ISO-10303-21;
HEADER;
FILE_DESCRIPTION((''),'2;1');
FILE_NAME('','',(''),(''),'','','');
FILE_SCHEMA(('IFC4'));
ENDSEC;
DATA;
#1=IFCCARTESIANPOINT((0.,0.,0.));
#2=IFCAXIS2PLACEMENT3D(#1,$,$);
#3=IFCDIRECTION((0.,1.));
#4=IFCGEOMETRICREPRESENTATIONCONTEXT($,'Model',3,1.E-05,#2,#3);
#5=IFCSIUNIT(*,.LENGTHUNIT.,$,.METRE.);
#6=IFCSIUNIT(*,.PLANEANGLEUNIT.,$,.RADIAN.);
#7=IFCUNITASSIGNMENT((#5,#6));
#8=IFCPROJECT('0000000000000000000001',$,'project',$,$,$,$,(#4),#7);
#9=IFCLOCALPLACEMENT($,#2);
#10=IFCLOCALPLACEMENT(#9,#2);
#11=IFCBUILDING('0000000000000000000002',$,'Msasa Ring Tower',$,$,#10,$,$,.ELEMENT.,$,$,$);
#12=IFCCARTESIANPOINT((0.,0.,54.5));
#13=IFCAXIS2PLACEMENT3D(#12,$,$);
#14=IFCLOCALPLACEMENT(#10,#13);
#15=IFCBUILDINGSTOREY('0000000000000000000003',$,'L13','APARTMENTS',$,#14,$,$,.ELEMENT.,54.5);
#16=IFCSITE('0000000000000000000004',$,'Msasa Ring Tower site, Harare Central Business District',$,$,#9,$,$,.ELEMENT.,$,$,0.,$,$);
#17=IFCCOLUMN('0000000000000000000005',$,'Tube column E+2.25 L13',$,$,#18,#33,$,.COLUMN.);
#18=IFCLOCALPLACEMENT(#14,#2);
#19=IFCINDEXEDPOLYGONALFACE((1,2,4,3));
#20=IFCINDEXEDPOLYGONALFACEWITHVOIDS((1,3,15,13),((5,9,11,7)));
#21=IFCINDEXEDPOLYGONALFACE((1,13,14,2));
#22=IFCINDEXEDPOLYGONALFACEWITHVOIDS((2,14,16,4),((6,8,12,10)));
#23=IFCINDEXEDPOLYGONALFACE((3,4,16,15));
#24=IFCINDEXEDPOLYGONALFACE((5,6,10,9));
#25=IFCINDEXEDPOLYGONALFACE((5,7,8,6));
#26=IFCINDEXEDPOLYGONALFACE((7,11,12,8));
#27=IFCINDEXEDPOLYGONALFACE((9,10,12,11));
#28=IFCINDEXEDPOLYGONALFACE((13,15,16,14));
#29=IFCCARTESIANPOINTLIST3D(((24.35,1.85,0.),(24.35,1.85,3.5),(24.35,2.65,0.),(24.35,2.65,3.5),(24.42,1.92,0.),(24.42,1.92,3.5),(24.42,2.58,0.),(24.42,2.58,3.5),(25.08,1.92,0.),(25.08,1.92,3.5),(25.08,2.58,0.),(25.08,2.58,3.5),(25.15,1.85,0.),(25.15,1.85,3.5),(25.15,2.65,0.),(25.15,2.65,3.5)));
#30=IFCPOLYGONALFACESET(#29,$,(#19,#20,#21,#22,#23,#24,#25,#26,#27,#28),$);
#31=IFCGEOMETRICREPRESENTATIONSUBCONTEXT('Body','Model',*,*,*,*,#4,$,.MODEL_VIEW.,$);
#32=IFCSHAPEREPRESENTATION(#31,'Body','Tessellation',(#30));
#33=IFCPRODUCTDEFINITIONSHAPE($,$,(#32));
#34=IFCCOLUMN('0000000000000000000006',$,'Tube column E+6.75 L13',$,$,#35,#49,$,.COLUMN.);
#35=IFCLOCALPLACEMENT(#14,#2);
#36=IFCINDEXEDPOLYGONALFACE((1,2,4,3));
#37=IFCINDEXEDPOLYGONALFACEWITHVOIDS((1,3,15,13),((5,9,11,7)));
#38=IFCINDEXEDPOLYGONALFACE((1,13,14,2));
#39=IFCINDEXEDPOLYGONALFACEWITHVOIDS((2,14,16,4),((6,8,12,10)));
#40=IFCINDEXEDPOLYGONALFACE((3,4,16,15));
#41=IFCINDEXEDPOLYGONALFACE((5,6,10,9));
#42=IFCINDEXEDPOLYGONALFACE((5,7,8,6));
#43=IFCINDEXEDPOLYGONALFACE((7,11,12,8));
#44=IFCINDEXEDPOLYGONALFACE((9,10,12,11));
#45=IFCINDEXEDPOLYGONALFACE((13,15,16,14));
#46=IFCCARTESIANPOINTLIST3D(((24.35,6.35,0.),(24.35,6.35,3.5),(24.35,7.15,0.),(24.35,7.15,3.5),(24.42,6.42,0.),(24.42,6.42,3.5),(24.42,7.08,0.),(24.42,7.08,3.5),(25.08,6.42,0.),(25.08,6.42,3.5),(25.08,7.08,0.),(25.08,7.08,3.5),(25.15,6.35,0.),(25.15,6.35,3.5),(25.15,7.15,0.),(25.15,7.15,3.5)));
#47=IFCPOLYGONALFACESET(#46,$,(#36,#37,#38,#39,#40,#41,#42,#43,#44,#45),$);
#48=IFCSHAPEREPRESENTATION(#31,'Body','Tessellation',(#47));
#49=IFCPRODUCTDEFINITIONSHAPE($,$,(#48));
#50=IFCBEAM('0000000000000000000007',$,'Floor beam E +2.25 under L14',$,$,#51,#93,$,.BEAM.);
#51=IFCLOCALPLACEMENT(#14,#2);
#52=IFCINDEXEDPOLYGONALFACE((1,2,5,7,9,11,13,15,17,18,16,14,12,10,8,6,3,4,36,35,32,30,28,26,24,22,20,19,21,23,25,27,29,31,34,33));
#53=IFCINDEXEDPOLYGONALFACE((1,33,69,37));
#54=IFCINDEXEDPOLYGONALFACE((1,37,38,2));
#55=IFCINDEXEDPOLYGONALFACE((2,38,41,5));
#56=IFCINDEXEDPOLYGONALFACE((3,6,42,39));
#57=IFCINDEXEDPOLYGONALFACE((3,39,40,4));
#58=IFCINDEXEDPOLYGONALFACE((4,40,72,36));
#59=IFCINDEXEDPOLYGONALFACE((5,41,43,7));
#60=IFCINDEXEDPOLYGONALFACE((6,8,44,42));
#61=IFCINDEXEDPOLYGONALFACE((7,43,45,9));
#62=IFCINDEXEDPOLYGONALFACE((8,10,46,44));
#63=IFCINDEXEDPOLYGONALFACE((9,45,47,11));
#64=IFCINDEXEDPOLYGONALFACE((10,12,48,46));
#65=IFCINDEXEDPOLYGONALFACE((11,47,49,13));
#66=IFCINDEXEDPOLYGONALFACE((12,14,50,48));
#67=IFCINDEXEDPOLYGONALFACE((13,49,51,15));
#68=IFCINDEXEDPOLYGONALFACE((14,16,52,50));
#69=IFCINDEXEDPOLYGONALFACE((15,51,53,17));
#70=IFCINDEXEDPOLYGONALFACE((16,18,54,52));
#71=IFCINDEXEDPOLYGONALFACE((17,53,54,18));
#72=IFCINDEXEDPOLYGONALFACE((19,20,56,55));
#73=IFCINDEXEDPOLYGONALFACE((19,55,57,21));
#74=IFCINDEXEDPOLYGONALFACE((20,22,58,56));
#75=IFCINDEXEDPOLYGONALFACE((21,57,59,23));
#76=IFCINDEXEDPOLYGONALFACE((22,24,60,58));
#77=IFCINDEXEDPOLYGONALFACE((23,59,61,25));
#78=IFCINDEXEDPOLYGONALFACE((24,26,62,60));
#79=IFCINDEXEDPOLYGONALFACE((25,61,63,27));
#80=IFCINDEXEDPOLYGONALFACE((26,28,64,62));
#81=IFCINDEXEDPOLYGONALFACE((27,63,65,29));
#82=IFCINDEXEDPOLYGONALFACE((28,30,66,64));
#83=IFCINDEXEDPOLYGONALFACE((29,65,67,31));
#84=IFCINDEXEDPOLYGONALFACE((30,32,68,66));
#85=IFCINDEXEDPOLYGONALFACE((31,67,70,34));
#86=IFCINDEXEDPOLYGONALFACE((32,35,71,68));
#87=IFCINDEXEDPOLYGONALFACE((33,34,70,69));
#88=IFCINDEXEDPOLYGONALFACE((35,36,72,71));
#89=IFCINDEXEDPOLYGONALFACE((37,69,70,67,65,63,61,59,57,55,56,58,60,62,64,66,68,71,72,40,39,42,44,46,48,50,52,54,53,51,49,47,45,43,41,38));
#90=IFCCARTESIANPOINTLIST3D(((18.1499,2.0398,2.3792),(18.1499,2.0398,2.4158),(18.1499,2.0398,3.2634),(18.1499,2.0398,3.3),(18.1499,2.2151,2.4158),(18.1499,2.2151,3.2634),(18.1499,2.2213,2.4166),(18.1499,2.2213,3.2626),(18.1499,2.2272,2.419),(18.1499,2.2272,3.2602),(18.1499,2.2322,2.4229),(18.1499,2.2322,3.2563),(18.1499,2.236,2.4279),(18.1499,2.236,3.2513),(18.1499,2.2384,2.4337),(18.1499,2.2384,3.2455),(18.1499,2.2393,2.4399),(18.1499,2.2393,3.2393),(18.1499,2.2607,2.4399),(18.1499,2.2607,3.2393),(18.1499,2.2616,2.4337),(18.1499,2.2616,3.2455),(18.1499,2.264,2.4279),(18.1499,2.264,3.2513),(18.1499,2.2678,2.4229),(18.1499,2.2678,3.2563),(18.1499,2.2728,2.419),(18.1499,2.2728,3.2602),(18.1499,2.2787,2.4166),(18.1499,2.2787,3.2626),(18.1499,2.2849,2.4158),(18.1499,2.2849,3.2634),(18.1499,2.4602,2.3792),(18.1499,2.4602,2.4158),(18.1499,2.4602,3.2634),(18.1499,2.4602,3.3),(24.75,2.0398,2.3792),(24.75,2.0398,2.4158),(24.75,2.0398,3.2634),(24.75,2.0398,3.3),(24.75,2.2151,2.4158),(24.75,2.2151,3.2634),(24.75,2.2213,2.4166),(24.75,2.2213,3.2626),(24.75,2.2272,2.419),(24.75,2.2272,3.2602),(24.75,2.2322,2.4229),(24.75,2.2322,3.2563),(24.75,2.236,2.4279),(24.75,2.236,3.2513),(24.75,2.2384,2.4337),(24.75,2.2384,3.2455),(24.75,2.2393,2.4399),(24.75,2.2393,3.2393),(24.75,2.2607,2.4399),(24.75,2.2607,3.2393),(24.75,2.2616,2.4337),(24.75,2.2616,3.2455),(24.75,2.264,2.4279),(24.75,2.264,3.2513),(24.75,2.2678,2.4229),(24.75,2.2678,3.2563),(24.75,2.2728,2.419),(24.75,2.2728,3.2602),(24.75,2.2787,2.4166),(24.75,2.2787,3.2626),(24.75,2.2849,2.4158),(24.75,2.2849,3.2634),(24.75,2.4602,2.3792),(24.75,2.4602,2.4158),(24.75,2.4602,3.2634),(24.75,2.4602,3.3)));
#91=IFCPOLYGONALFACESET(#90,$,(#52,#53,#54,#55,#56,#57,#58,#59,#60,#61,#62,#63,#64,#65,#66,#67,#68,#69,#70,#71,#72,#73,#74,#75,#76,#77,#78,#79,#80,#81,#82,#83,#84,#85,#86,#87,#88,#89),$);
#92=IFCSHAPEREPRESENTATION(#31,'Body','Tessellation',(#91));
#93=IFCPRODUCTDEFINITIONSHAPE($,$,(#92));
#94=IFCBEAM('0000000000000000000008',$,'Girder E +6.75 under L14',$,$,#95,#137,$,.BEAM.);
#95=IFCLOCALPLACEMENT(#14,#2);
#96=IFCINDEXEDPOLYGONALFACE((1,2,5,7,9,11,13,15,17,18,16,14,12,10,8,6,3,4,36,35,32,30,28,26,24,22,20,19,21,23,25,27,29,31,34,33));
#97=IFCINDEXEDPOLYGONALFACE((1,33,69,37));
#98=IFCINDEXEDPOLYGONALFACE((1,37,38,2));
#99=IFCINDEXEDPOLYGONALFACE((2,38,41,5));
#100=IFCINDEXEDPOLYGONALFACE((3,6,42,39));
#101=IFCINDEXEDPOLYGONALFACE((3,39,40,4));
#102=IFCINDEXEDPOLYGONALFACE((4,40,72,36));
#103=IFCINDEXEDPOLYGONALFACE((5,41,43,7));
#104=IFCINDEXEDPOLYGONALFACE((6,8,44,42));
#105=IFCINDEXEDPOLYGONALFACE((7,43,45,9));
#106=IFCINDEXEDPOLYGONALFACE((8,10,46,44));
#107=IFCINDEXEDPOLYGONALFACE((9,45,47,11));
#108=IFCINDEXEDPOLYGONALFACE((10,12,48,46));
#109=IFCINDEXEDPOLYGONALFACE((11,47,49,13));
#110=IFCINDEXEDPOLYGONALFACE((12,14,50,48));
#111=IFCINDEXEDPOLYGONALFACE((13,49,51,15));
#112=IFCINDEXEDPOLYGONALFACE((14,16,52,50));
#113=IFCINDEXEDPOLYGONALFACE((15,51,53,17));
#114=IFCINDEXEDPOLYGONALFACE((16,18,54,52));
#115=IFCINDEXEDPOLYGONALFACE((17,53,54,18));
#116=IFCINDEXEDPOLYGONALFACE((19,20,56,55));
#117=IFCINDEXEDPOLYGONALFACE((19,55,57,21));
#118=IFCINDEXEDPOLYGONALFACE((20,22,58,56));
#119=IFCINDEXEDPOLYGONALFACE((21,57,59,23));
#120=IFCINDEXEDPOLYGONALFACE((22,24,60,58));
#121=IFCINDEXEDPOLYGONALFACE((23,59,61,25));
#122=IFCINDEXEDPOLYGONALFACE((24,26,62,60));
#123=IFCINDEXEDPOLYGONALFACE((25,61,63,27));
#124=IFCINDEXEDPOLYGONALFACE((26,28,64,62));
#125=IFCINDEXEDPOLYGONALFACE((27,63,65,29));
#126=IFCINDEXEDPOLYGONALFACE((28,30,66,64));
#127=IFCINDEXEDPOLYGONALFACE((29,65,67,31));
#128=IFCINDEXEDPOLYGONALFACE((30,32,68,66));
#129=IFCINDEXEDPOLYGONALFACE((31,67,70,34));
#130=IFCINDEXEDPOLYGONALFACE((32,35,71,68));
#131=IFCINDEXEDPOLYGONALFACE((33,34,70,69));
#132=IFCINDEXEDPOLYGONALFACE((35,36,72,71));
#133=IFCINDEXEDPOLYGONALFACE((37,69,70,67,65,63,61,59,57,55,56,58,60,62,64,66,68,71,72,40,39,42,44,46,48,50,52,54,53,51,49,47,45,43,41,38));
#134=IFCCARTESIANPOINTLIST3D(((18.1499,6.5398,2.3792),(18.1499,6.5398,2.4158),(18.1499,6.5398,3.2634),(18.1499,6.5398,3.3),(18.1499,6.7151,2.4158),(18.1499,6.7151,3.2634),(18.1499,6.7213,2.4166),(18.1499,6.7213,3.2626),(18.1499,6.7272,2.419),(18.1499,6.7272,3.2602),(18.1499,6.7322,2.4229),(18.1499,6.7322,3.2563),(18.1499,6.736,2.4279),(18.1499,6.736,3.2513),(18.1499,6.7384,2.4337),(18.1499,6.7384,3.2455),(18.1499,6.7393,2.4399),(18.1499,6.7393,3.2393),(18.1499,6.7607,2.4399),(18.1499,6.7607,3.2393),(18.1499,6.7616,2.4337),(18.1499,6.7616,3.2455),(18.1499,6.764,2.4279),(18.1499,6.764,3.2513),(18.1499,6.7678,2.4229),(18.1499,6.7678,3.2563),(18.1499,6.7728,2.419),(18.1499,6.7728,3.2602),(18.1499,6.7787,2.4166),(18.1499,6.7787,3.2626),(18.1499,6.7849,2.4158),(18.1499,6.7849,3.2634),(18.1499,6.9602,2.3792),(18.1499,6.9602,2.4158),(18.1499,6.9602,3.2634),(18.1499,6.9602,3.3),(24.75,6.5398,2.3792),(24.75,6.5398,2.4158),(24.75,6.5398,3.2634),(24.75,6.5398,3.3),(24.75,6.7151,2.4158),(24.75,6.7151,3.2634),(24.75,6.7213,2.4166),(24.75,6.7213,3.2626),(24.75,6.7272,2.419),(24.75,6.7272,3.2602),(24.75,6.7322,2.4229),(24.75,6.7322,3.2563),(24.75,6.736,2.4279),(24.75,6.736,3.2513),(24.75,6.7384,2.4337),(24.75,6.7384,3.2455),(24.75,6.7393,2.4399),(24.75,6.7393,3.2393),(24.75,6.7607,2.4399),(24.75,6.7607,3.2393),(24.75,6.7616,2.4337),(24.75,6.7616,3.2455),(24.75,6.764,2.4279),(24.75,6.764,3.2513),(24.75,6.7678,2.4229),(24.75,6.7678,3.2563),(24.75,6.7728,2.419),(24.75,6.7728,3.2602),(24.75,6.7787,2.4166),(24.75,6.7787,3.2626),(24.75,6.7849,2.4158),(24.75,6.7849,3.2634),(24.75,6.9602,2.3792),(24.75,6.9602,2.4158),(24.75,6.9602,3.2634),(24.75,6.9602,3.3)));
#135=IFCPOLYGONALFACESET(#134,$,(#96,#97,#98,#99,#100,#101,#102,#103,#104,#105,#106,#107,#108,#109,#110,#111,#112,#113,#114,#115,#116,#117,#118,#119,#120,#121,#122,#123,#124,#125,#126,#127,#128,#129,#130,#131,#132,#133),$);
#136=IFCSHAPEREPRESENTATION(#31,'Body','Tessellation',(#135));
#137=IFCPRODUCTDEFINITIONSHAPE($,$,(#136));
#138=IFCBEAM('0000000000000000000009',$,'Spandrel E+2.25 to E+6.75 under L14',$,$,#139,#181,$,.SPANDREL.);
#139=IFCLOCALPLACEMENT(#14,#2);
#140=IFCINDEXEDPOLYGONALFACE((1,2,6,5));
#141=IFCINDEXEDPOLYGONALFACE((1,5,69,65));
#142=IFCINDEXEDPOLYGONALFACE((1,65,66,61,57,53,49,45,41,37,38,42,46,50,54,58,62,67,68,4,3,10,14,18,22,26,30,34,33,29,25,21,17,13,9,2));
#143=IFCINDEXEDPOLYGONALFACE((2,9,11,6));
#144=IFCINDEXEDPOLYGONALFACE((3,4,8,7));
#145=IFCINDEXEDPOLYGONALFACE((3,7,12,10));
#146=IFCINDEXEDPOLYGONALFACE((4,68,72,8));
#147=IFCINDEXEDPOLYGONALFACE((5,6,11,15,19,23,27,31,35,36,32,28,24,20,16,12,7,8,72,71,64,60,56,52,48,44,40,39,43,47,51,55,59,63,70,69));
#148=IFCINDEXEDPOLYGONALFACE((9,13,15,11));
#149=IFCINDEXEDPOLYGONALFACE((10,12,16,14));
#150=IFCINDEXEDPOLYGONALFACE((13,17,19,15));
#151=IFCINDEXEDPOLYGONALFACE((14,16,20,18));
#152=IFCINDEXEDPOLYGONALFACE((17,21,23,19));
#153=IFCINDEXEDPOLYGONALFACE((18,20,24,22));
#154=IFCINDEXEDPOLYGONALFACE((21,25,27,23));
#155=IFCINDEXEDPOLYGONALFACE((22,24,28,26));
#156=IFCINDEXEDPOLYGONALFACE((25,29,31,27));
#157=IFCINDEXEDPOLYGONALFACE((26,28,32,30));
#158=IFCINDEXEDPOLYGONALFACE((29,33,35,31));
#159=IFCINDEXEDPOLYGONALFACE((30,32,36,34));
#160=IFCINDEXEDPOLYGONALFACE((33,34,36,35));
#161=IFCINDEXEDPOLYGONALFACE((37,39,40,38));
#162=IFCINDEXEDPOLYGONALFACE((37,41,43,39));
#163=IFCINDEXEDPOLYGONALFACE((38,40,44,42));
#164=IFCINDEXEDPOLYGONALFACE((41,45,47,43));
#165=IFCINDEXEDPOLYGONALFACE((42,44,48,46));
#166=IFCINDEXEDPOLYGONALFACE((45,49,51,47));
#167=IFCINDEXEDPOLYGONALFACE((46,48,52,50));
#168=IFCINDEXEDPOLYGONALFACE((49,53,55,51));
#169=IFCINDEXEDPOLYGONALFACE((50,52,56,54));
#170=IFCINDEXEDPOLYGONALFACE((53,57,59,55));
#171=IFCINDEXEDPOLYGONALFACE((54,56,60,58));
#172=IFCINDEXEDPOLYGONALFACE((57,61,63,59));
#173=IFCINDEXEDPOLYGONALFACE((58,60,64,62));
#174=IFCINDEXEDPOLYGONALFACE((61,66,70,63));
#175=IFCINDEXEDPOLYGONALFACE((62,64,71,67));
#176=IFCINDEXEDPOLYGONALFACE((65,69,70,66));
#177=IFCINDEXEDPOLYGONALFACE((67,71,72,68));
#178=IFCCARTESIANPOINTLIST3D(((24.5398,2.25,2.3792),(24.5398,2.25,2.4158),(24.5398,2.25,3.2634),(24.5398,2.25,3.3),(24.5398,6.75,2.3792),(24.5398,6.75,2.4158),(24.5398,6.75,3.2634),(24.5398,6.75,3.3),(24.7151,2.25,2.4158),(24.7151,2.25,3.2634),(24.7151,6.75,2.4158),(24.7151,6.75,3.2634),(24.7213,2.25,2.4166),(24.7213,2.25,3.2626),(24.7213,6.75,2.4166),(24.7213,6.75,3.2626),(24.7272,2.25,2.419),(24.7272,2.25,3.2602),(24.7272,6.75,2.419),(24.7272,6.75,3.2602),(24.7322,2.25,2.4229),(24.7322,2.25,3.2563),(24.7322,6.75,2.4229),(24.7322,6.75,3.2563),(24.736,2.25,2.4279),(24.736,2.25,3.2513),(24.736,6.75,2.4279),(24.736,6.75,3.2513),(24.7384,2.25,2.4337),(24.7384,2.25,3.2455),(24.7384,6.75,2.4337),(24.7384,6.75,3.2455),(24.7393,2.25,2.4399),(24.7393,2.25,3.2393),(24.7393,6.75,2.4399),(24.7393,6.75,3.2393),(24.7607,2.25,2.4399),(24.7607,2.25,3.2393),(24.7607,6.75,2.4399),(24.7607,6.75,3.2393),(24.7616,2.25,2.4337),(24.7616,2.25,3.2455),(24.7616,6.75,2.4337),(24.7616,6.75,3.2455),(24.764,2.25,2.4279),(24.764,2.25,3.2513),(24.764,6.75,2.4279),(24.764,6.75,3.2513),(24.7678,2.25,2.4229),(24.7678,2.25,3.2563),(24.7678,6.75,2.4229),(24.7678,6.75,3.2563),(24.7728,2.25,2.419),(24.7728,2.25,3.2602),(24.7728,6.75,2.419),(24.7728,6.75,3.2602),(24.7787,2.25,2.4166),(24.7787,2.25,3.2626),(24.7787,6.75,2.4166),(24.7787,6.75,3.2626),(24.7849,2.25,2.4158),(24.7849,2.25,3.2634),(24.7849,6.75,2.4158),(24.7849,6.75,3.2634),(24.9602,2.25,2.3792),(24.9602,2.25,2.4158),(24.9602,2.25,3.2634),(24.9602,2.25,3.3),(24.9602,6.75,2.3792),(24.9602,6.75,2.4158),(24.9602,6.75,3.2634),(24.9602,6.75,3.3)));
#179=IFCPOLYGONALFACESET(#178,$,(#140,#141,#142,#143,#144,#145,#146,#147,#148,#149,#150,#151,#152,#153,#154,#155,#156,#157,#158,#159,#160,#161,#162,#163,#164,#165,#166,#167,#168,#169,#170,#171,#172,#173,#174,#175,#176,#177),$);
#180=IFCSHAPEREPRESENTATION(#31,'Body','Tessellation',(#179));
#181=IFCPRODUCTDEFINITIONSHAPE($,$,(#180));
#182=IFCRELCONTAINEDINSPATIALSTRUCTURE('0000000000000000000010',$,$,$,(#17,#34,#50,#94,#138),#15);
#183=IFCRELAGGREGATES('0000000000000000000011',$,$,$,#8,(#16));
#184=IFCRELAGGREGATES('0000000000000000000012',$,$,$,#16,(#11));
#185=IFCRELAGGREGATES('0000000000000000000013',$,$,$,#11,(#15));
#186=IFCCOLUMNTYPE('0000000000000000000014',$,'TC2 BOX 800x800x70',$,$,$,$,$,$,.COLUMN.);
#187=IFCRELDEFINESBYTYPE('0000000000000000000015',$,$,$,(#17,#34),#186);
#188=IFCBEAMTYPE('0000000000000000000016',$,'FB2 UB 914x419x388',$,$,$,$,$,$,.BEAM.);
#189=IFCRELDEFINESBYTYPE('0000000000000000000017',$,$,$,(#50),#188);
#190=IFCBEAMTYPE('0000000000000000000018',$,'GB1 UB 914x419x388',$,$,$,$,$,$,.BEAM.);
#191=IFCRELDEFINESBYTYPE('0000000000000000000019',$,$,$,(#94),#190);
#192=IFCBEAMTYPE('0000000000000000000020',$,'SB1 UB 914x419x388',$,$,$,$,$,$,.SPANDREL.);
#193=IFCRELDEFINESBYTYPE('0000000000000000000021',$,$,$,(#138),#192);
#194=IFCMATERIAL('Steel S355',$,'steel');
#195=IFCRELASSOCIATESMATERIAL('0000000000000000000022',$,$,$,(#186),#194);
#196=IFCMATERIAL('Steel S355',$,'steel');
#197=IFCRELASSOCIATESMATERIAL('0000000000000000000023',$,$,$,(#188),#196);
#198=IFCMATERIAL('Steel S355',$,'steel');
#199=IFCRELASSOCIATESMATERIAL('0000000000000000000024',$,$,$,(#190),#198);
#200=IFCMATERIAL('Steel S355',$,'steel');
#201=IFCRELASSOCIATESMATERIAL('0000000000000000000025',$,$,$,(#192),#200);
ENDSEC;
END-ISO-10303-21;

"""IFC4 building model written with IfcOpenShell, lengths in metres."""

from ifc_helpers import new_model, si_unit, direction, frame, origin, origin_2d, place, context, subcontext, project, spatial, hollow_rectangle, i_section, extrude, material, material_profile, profile_set, type_object, element, save


model = new_model("IFC4")

# Units and contexts
model_context = context("Model", 3, precision=1e-05, world=origin(), true_north=direction((0.0, 1.0)))
body_context = subcontext(model_context, "Body", "Model", "MODEL_VIEW")
ifc_project = project(units=[si_unit("LENGTHUNIT", "METRE"), si_unit("PLANEANGLEUNIT", "RADIAN")], contexts=[model_context])

# Site, building, storey
site_placement = place(None, origin())
site = spatial("IfcSite", under=ifc_project, at=site_placement, Name="Msasa Ring Tower site, Harare Central Business District", CompositionType="ELEMENT", RefElevation=0.0)
building_placement = place(site_placement, origin())
building = spatial("IfcBuilding", under=site, at=building_placement, Name="Msasa Ring Tower", CompositionType="ELEMENT")
storey_placement = place(building_placement, frame((0.0, 0.0, 54.5)))
storey = spatial("IfcBuildingStorey", under=building, at=storey_placement, Name="L13", Description="APARTMENTS", CompositionType="ELEMENT", Elevation=54.5)

# Columns
ifc_material_1 = material(Name="Steel S355", Category="steel")
ifc_material_profile_1 = material_profile(ifc_material_1, hollow_rectangle(XDim=0.8, YDim=0.8, WallThickness=0.0701, at=origin_2d()), Name="BOX 800x800x70")
ifc_profile_set_1 = profile_set([ifc_material_profile_1], Name="Steel S355")
column_type = type_object("IfcColumnType", Name="TC2 BOX 800x800x70", PredefinedType="COLUMN", material=ifc_profile_set_1)
for number, where, z_axis, x_axis, name in (
    (1, (24.75, 2.25, 0.0), (0.0, 0.0, 1.0), (1.0, 0.0, 0.0), "Tube column E+2.25 L13"),
    (2, (24.75, 6.75, 0.0), (0.0, 0.0, 1.0), (1.0, 0.0, 0.0), "Tube column E+6.75 L13"),
):
    element("IfcColumn", number, at=place(storey_placement, frame(where, z_axis=z_axis, x_axis=x_axis)), inside=storey, type_object=column_type, Name=name, PredefinedType="COLUMN", context=body_context, shape_type="SweptSolid", body=[
        extrude(hollow_rectangle(XDim=0.8, YDim=0.8, WallThickness=0.0701, at=origin_2d()), origin(), (0.0, 0.0, 1.0), 3.5),
    ])

# Beams
ifc_material_2 = material(Name="Steel S355", Category="steel")
ifc_material_profile_2 = material_profile(ifc_material_2, i_section(OverallWidth=0.4204, OverallDepth=0.9209, WebThickness=0.0215, FlangeThickness=0.0366, FilletRadius=0.0242, at=origin_2d()), Name="UB 914x419x388")
ifc_profile_set_2 = profile_set([ifc_material_profile_2], Name="Steel S355")
beam_type_1 = type_object("IfcBeamType", Name="FB2 UB 914x419x388", PredefinedType="BEAM", material=ifc_profile_set_2)
beam_1_placement = place(storey_placement, frame((24.75, 2.25, 2.8396), z_axis=(-1.0, 0.0, 0.0), x_axis=(0.0, -1.0, 0.0)))
element("IfcBeam", 3, at=beam_1_placement, inside=storey, type_object=beam_type_1, Name="Floor beam E +2.25 under L14", PredefinedType="BEAM", context=body_context, shape_type="SweptSolid", body=[
    extrude(i_section(OverallWidth=0.4204, OverallDepth=0.9209, WebThickness=0.0215, FlangeThickness=0.0366, FilletRadius=0.0242, at=origin_2d()), origin(), (0.0, 0.0, 1.0), 6.6001),
])
ifc_material_3 = material(Name="Steel S355", Category="steel")
ifc_material_profile_3 = material_profile(ifc_material_3, i_section(OverallWidth=0.4204, OverallDepth=0.9209, WebThickness=0.0215, FlangeThickness=0.0366, FilletRadius=0.0242, at=origin_2d()), Name="UB 914x419x388")
ifc_profile_set_3 = profile_set([ifc_material_profile_3], Name="Steel S355")
beam_type_2 = type_object("IfcBeamType", Name="GB1 UB 914x419x388", PredefinedType="BEAM", material=ifc_profile_set_3)
beam_2_placement = place(storey_placement, frame((18.1499, 6.75, 2.8396), z_axis=(1.0, 0.0, 0.0), x_axis=(0.0, 1.0, 0.0)))
element("IfcBeam", 4, at=beam_2_placement, inside=storey, type_object=beam_type_2, Name="Girder E +6.75 under L14", PredefinedType="BEAM", context=body_context, shape_type="SweptSolid", body=[
    extrude(i_section(OverallWidth=0.4204, OverallDepth=0.9209, WebThickness=0.0215, FlangeThickness=0.0366, FilletRadius=0.0242, at=origin_2d()), origin(), (0.0, 0.0, 1.0), 6.6001),
])
ifc_material_4 = material(Name="Steel S355", Category="steel")
ifc_material_profile_4 = material_profile(ifc_material_4, i_section(OverallWidth=0.4204, OverallDepth=0.9209, WebThickness=0.0215, FlangeThickness=0.0366, FilletRadius=0.0242, at=origin_2d()), Name="UB 914x419x388")
ifc_profile_set_4 = profile_set([ifc_material_profile_4], Name="Steel S355")
beam_type_3 = type_object("IfcBeamType", Name="SB1 UB 914x419x388", PredefinedType="SPANDREL", material=ifc_profile_set_4)
for number, where, z_axis, x_axis, name in (
    (5, (24.75, 2.25, 2.8396), (0.0, 1.0, 0.0), (-1.0, 0.0, 0.0), "Spandrel E+2.25 to E+6.75 under L14"),
):
    element("IfcBeam", number, at=place(storey_placement, frame(where, z_axis=z_axis, x_axis=x_axis)), inside=storey, type_object=beam_type_3, Name=name, PredefinedType="SPANDREL", context=body_context, shape_type="SweptSolid", body=[
        extrude(i_section(OverallWidth=0.4204, OverallDepth=0.9209, WebThickness=0.0215, FlangeThickness=0.0366, FilletRadius=0.0242, at=origin_2d()), origin(), (0.0, 0.0, 1.0), 4.5),
    ])

save(model, "model.ifc")
